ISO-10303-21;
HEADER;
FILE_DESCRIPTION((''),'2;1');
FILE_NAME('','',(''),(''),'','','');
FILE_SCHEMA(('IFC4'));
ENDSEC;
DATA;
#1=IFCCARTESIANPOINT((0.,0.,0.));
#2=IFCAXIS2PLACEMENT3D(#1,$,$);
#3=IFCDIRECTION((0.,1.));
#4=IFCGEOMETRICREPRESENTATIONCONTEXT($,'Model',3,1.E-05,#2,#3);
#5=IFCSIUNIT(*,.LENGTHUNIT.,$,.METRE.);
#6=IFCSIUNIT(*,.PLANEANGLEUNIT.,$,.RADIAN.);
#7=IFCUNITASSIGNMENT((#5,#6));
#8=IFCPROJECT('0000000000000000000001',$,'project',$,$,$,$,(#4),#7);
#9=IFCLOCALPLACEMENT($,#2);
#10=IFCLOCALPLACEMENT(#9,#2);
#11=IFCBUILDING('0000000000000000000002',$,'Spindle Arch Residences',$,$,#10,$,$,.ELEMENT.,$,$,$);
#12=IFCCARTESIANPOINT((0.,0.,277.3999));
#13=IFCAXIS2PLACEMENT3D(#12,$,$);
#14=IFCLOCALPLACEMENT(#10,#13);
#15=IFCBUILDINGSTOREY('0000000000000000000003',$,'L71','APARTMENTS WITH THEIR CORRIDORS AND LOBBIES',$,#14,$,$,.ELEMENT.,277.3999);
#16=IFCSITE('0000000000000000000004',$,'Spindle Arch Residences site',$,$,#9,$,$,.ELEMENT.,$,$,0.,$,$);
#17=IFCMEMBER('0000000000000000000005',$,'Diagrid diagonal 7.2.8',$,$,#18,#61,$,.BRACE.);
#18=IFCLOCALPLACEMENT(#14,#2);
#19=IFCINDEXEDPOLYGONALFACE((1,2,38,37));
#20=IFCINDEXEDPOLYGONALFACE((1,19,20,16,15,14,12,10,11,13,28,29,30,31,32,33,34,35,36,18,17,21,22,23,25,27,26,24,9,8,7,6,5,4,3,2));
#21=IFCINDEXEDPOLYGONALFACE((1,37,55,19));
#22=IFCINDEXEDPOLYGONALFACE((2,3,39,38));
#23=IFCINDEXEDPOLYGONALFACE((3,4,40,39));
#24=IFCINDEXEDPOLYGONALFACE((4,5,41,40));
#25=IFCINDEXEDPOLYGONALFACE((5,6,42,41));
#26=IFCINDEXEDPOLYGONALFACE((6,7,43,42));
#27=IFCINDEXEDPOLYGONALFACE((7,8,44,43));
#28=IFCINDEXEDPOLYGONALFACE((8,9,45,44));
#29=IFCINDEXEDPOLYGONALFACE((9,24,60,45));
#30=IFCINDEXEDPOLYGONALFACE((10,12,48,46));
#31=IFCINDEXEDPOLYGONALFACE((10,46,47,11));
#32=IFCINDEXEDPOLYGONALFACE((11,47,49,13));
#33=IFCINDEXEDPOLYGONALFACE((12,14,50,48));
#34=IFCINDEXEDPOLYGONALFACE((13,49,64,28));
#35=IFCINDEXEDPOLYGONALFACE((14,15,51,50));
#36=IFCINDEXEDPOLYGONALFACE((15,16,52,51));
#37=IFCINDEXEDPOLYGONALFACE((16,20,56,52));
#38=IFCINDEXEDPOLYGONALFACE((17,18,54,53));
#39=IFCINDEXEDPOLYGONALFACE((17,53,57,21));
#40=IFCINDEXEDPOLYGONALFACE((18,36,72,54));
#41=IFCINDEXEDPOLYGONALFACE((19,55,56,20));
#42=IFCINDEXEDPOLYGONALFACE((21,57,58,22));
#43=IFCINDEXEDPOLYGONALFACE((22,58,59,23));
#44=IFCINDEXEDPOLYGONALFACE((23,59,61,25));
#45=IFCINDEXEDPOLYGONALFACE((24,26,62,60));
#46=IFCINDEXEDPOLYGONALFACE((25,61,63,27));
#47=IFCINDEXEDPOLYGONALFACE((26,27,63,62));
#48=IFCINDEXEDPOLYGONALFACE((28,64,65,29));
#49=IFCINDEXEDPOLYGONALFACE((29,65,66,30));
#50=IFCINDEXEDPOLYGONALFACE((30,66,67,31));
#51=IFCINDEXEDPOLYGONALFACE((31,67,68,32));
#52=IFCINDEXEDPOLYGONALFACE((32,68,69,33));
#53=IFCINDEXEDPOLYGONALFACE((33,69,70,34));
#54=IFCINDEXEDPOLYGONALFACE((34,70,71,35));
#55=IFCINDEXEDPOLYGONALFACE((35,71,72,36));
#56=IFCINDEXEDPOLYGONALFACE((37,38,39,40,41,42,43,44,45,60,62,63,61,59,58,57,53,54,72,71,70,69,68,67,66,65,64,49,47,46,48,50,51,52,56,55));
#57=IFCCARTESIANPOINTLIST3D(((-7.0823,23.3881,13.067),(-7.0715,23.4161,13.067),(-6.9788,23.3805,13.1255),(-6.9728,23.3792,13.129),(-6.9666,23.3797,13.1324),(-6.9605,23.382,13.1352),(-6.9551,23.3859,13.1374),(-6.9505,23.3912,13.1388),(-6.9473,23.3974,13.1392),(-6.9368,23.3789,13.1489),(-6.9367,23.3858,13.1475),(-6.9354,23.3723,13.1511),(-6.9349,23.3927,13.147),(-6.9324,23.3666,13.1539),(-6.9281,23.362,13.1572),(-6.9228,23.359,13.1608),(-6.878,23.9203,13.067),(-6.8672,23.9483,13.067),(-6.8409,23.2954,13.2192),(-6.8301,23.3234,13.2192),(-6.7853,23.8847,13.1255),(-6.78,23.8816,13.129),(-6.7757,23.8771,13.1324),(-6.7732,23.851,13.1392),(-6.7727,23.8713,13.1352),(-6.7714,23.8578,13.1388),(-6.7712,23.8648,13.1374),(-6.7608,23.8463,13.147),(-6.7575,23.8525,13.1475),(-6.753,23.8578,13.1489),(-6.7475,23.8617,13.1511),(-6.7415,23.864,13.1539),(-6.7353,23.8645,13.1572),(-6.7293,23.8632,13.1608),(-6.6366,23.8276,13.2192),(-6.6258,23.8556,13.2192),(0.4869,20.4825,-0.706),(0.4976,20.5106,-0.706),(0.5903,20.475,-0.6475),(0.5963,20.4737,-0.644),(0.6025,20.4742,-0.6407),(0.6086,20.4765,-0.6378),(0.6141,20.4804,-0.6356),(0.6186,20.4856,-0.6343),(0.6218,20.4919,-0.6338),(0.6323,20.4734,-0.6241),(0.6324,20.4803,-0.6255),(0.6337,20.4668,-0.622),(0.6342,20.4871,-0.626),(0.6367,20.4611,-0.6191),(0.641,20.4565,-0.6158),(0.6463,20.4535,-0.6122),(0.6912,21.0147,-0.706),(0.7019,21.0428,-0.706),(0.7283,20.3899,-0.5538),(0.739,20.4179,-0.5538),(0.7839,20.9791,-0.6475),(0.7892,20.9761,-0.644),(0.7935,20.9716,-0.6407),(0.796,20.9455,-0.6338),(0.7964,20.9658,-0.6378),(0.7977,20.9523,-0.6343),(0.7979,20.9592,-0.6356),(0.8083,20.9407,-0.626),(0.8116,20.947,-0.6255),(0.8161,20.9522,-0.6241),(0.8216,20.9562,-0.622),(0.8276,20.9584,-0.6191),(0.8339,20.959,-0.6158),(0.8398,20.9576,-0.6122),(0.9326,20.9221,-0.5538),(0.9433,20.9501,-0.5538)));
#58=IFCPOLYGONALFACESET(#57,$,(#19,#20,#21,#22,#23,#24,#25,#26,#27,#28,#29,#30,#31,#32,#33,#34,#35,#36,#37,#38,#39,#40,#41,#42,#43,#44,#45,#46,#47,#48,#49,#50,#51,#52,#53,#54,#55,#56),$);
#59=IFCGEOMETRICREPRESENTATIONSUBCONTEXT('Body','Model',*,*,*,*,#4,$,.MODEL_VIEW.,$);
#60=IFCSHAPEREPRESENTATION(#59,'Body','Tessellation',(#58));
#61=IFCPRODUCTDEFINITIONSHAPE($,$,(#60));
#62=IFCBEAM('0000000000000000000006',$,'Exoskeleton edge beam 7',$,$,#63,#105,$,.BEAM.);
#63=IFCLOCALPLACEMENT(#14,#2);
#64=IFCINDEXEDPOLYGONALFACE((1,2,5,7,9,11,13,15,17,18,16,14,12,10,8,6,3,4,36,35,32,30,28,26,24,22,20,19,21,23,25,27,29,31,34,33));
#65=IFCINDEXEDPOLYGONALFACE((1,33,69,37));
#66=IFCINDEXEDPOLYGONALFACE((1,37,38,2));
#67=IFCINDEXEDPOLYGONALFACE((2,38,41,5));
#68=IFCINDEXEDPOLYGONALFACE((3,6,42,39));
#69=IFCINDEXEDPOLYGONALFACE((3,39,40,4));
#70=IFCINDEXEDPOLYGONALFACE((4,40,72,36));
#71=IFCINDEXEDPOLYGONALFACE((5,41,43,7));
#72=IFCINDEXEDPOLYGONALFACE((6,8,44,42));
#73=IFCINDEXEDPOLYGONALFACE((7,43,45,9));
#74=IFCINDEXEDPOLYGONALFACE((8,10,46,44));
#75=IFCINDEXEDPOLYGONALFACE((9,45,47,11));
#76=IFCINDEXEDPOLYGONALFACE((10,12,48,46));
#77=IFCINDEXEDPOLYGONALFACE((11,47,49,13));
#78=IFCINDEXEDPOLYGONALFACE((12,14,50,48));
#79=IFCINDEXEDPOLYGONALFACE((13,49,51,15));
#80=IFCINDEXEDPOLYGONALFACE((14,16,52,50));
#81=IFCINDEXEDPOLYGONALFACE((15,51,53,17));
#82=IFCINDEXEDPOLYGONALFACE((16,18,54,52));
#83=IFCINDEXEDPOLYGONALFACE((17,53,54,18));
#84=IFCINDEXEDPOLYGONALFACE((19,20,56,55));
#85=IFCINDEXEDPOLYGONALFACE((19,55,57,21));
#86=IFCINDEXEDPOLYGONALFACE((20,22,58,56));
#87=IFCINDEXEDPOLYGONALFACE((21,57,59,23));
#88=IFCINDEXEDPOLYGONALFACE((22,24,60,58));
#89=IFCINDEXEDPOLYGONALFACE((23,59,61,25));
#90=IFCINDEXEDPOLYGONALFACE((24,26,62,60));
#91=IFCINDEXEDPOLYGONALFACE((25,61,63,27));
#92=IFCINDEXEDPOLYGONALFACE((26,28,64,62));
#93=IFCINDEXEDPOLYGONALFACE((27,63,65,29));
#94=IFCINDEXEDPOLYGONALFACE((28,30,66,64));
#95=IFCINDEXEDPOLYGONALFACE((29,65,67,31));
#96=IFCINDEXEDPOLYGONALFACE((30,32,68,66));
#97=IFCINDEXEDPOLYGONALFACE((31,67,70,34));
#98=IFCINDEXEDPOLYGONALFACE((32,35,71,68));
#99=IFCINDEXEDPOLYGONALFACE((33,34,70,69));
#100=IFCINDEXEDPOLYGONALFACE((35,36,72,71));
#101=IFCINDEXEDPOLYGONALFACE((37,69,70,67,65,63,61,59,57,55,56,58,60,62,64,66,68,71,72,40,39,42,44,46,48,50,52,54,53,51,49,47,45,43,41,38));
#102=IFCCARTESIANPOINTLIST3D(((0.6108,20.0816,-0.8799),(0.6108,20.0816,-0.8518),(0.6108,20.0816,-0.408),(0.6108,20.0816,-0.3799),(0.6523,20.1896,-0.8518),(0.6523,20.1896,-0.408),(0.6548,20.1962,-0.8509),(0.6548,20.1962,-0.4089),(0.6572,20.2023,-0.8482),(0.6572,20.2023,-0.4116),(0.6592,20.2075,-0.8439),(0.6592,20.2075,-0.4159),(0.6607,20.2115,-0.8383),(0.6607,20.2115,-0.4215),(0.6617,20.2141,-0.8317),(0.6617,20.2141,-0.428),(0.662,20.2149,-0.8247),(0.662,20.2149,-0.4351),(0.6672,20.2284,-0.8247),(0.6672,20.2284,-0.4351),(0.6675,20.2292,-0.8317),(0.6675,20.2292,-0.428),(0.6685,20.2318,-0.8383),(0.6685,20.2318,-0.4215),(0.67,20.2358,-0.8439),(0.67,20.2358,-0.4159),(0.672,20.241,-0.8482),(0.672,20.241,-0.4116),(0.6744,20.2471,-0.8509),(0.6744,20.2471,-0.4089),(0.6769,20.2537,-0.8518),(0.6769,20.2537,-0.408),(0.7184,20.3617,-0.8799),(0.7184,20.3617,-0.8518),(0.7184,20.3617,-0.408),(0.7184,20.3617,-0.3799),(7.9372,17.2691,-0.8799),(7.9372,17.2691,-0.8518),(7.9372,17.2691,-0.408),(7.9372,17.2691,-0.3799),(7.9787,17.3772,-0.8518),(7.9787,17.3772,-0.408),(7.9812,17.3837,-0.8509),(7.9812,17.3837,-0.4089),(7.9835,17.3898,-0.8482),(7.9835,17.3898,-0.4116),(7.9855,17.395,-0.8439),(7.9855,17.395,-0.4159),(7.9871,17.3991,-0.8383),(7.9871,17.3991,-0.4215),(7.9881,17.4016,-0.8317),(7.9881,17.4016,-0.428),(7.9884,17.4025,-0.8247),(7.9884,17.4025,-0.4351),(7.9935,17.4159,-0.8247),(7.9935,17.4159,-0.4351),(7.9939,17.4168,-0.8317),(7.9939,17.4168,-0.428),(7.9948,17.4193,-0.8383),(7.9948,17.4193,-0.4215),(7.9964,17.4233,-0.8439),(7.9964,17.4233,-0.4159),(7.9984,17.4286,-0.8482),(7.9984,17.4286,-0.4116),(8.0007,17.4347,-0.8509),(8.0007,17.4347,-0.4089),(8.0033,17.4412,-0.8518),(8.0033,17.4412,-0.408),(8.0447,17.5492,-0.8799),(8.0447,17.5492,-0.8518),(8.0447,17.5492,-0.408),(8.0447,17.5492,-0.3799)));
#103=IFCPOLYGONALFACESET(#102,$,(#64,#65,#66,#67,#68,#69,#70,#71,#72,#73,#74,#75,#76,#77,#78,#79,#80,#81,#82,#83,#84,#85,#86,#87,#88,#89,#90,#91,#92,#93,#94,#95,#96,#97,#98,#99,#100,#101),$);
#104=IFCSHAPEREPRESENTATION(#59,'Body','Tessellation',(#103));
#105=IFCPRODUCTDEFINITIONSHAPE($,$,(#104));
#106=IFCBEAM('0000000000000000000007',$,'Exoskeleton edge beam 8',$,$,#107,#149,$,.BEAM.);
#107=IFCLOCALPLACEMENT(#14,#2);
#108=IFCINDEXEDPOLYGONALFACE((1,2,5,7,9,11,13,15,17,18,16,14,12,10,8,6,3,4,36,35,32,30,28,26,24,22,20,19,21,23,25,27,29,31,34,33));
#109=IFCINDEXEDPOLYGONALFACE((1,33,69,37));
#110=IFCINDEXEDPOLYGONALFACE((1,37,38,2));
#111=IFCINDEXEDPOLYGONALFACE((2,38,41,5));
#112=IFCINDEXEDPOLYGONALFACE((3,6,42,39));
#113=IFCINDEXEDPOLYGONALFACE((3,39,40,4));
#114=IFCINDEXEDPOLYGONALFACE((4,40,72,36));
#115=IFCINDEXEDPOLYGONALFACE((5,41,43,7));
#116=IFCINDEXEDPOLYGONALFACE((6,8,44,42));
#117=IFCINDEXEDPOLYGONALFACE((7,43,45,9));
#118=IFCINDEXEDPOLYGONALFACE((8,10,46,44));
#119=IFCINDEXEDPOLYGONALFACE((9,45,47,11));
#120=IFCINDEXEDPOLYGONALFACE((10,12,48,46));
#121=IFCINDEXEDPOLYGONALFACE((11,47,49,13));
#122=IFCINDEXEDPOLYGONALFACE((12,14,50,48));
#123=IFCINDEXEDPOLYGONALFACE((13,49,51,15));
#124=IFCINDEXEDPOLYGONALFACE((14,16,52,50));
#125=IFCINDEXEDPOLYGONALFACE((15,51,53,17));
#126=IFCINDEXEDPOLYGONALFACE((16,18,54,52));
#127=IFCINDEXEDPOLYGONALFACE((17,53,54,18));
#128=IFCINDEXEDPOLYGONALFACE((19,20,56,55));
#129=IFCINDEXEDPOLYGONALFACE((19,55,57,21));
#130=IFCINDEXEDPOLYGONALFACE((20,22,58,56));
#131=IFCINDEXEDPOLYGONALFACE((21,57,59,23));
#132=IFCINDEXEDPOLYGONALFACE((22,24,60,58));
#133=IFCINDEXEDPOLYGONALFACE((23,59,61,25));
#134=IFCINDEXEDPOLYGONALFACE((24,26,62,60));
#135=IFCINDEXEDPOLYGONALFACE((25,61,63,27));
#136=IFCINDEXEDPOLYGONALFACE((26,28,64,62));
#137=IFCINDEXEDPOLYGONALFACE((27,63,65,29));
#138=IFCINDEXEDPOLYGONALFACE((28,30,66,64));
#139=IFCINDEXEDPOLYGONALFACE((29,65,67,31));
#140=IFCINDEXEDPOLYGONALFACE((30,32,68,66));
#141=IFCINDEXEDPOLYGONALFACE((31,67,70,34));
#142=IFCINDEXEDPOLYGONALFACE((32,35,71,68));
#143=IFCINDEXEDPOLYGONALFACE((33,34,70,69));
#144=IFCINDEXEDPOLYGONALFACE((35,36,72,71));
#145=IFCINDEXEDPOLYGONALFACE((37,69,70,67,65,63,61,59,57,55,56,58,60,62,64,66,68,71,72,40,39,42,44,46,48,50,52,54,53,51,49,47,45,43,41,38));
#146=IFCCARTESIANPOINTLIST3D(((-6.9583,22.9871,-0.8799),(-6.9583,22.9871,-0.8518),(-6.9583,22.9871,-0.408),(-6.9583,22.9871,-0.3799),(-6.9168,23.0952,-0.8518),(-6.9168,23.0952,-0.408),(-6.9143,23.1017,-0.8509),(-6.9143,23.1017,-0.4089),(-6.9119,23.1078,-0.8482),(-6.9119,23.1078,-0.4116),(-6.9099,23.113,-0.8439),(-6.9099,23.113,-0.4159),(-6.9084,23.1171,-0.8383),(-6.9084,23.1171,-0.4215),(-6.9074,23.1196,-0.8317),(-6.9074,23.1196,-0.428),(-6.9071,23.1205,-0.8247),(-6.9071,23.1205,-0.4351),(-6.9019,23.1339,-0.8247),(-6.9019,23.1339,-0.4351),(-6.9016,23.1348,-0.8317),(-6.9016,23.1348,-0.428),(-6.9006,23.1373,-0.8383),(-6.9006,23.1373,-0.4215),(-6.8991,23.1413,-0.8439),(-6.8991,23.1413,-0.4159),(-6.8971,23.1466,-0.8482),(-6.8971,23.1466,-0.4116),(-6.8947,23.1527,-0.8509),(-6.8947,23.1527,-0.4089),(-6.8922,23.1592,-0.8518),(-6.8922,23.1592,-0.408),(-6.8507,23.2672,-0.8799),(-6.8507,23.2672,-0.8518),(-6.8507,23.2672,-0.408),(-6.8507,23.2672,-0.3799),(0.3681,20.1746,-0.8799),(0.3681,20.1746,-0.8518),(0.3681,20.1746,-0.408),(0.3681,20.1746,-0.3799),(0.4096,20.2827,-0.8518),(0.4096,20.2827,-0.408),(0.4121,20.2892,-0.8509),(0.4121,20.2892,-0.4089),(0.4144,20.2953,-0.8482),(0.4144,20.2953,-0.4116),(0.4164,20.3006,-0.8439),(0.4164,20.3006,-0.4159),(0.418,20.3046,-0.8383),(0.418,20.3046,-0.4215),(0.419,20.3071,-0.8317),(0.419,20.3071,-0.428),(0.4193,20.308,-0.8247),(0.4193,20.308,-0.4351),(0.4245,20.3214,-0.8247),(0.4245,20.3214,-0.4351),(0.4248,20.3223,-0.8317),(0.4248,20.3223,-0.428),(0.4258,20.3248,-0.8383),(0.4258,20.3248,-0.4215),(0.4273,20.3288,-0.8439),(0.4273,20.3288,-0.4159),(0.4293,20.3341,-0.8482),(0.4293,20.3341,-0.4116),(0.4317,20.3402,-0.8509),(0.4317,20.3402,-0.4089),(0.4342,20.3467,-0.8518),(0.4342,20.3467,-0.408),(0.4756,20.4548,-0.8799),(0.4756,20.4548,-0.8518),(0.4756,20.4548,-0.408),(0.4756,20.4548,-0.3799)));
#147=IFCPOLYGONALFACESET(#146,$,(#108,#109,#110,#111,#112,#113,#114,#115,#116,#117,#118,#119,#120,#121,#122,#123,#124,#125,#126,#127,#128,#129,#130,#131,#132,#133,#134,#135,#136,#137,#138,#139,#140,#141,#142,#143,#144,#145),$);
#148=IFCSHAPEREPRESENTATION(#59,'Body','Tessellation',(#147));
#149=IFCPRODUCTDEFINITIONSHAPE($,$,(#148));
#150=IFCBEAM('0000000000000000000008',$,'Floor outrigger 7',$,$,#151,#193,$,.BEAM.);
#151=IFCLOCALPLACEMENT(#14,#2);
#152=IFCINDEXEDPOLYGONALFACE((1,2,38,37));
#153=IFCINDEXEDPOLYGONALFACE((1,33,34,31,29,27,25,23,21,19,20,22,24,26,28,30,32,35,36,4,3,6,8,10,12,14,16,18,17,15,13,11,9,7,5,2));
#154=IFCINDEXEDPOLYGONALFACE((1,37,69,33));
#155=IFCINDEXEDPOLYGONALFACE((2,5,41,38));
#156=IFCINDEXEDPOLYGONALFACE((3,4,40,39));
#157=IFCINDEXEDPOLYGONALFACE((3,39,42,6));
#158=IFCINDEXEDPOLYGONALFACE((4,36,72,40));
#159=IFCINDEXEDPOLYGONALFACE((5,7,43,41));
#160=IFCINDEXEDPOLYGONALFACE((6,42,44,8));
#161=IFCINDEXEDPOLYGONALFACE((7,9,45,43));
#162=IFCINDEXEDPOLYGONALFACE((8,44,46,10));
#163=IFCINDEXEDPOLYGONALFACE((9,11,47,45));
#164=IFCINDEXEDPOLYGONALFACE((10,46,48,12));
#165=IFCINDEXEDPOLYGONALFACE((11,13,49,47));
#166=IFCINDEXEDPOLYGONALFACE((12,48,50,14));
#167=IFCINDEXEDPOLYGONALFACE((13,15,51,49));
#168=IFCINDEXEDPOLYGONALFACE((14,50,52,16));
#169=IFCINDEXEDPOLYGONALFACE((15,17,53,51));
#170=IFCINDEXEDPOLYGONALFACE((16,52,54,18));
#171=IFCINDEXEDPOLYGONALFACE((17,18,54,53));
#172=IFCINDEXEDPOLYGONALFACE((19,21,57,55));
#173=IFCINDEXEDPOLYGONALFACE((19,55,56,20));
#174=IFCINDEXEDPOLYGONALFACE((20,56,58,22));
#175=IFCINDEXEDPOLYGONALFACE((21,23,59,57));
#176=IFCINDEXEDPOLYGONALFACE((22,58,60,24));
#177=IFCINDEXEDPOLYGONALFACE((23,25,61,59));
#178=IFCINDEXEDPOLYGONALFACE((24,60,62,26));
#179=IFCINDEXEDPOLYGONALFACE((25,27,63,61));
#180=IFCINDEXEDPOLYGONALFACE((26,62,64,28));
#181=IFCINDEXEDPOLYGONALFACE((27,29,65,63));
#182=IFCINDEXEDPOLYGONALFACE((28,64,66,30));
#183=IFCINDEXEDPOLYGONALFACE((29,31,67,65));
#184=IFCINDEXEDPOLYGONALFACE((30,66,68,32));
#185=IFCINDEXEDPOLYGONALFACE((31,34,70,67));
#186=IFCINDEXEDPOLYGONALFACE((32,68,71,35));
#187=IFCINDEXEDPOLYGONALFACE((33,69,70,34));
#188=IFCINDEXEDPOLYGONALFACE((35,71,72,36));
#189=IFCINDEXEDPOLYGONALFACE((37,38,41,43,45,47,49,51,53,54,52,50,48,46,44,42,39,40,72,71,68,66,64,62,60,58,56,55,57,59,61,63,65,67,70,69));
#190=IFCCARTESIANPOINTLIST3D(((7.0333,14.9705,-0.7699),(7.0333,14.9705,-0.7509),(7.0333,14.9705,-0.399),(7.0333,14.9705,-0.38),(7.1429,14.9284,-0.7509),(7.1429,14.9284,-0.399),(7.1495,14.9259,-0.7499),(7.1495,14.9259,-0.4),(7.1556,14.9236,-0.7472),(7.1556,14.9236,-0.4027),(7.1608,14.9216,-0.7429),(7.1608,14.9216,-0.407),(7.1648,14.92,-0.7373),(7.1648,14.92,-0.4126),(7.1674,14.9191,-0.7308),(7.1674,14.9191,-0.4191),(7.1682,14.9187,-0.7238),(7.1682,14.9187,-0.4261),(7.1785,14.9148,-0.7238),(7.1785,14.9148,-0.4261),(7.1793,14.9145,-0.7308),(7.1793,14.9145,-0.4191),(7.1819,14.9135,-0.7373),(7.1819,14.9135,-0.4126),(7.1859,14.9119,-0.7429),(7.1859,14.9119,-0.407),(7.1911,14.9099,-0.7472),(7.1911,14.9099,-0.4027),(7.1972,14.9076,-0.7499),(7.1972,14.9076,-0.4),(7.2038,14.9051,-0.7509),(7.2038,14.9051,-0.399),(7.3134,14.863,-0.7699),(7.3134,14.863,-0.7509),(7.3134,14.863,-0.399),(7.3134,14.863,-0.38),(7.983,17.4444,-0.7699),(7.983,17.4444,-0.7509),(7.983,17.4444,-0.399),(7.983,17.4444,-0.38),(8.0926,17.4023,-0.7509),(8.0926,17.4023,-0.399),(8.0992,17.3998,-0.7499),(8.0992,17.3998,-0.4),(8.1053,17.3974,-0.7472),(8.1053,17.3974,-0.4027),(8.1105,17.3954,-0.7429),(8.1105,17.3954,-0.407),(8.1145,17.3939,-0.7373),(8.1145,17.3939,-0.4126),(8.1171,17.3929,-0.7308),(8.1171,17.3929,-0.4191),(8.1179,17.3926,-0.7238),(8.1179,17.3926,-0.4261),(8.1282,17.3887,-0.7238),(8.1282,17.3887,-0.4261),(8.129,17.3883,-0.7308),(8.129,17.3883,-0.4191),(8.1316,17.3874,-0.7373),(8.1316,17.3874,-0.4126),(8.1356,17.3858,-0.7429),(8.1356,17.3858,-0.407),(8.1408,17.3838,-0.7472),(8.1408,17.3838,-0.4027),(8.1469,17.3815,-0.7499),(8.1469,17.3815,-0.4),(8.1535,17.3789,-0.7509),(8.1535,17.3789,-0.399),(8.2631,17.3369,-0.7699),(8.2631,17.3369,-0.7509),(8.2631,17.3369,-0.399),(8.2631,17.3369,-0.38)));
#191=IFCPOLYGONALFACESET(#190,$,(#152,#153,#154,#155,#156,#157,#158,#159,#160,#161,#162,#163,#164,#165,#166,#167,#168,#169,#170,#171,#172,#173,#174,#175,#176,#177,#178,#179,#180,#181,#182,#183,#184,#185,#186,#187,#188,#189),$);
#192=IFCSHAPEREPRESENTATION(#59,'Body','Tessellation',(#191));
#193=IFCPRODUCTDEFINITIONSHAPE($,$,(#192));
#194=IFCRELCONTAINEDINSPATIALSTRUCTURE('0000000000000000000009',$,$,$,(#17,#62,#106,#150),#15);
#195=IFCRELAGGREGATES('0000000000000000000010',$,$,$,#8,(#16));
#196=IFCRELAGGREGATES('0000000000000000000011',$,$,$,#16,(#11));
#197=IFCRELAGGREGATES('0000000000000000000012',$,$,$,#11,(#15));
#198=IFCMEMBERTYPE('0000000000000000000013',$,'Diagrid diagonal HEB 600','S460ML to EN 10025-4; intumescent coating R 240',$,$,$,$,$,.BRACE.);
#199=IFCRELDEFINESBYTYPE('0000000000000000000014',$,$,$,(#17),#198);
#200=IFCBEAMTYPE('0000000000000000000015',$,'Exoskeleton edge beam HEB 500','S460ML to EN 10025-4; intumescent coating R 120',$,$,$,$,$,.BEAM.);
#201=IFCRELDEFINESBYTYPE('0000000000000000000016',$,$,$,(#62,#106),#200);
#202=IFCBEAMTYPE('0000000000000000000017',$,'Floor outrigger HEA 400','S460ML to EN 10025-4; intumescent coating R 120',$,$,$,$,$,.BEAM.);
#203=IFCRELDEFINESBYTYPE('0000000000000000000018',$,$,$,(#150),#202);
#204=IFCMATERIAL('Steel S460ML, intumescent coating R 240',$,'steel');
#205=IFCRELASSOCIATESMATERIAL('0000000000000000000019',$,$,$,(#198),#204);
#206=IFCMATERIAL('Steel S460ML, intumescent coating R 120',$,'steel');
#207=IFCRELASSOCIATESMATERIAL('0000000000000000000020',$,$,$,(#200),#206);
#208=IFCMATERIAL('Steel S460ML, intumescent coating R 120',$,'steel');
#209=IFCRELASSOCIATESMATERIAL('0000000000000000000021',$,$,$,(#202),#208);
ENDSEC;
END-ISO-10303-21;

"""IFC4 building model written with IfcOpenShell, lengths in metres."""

from ifc_helpers import new_model, si_unit, direction, frame, origin, origin_2d, place, context, subcontext, project, spatial, i_section, extrude, material, material_profile, profile_set, type_object, element, save


model = new_model("IFC4")

# Units and contexts
model_context = context("Model", 3, precision=1e-05, world=origin(), true_north=direction((0.0, 1.0)))
body_context = subcontext(model_context, "Body", "Model", "MODEL_VIEW")
ifc_project = project(units=[si_unit("LENGTHUNIT", "METRE"), si_unit("PLANEANGLEUNIT", "RADIAN")], contexts=[model_context])

# Site, building, storey
site_placement = place(None, origin())
site = spatial("IfcSite", under=ifc_project, at=site_placement, Name="Spindle Arch Residences site", CompositionType="ELEMENT", RefElevation=0.0)
building_placement = place(site_placement, origin())
building = spatial("IfcBuilding", under=site, at=building_placement, Name="Spindle Arch Residences", CompositionType="ELEMENT")
storey_placement = place(building_placement, frame((0.0, 0.0, 277.3999)))
storey = spatial("IfcBuildingStorey", under=building, at=storey_placement, Name="L71", Description="APARTMENTS WITH THEIR CORRIDORS AND LOBBIES", CompositionType="ELEMENT", Elevation=277.3999)

# Member
ifc_material_1 = material(Name="Steel S460ML, intumescent coating R 240", Category="steel")
ifc_material_profile_1 = material_profile(ifc_material_1, i_section(OverallWidth=0.3, OverallDepth=0.6001, WebThickness=0.0154, FlangeThickness=0.03, FilletRadius=0.0271, at=origin_2d()), Name="HEB 600")
ifc_profile_set_1 = profile_set([ifc_material_profile_1], Name="Steel S460ML, intumescent coating R 240")
member_type_1 = type_object("IfcMemberType", Name="Diagrid diagonal HEB 600", Description="S460ML to EN 10025-4; intumescent coating R 240", PredefinedType="BRACE", material=ifc_profile_set_1)
for number, where, z_axis, x_axis, name in (
    (1, (0.7151, 20.7163, -0.6299), (-0.473598, 0.181798, 0.861774), (0.804535, -0.308834, 0.507293), "Diagrid diagonal 7.2.8"),
):
    element("IfcMember", number, at=place(storey_placement, frame(where, z_axis=z_axis, x_axis=x_axis)), inside=storey, type_object=member_type_1, Name=name, PredefinedType="BRACE", context=body_context, shape_type="SweptSolid", body=[
        extrude(i_section(OverallWidth=0.3, OverallDepth=0.6001, WebThickness=0.0154, FlangeThickness=0.03, FilletRadius=0.0271, at=origin_2d()), origin(), (0.0, 0.0, 1.0), 15.9822),
    ])

# Beams
ifc_material_2 = material(Name="Steel S460ML, intumescent coating R 120", Category="steel")
ifc_material_profile_2 = material_profile(ifc_material_2, i_section(OverallWidth=0.3, OverallDepth=0.5, WebThickness=0.0144, FlangeThickness=0.0281, FilletRadius=0.0271, at=origin_2d()), Name="HEB 500")
ifc_profile_set_2 = profile_set([ifc_material_profile_2], Name="Steel S460ML, intumescent coating R 120")
beam_type_1 = type_object("IfcBeamType", Name="Exoskeleton edge beam HEB 500", Description="S460ML to EN 10025-4; intumescent coating R 120", PredefinedType="BEAM", material=ifc_profile_set_2)
for number, where, z_axis, x_axis, name in (
    (2, (7.991, 17.4092, -0.6299), (-0.933574, 0.358385, 0.0), (-0.358385, -0.933574, 0.0), "Exoskeleton edge beam 7"),
    (3, (0.4219, 20.3147, -0.6299), (-0.933574, 0.358385, 0.0), (-0.358385, -0.933574, 0.0), "Exoskeleton edge beam 8"),
):
    element("IfcBeam", number, at=place(storey_placement, frame(where, z_axis=z_axis, x_axis=x_axis)), inside=storey, type_object=beam_type_1, Name=name, PredefinedType="BEAM", context=body_context, shape_type="SweptSolid", body=[
        extrude(i_section(OverallWidth=0.3, OverallDepth=0.5, WebThickness=0.0144, FlangeThickness=0.0281, FilletRadius=0.0271, at=origin_2d()), origin(), (0.0, 0.0, 1.0), 7.8477),
    ])
ifc_material_3 = material(Name="Steel S460ML, intumescent coating R 120", Category="steel")
ifc_material_profile_3 = material_profile(ifc_material_3, i_section(OverallWidth=0.3, OverallDepth=0.3899, WebThickness=0.011, FlangeThickness=0.019, FilletRadius=0.0271, at=origin_2d()), Name="HEA 400")
ifc_profile_set_3 = profile_set([ifc_material_profile_3], Name="Steel S460ML, intumescent coating R 120")
beam_type_2 = type_object("IfcBeamType", Name="Floor outrigger HEA 400", Description="S460ML to EN 10025-4; intumescent coating R 120", PredefinedType="BEAM", material=ifc_profile_set_3)
for number, where, z_axis, x_axis, name in (
    (4, (8.123, 17.3906, -0.575), (-0.358392, -0.933571, 0.0), (0.933571, -0.358392, 0.0), "Floor outrigger 7"),
):
    element("IfcBeam", number, at=place(storey_placement, frame(where, z_axis=z_axis, x_axis=x_axis)), inside=storey, type_object=beam_type_2, Name=name, PredefinedType="BEAM", context=body_context, shape_type="SweptSolid", body=[
        extrude(i_section(OverallWidth=0.3, OverallDepth=0.3899, WebThickness=0.011, FlangeThickness=0.019, FilletRadius=0.0271, at=origin_2d()), origin(), (0.0, 0.0, 1.0), 2.6499),
    ])

save(model, "model.ifc")
